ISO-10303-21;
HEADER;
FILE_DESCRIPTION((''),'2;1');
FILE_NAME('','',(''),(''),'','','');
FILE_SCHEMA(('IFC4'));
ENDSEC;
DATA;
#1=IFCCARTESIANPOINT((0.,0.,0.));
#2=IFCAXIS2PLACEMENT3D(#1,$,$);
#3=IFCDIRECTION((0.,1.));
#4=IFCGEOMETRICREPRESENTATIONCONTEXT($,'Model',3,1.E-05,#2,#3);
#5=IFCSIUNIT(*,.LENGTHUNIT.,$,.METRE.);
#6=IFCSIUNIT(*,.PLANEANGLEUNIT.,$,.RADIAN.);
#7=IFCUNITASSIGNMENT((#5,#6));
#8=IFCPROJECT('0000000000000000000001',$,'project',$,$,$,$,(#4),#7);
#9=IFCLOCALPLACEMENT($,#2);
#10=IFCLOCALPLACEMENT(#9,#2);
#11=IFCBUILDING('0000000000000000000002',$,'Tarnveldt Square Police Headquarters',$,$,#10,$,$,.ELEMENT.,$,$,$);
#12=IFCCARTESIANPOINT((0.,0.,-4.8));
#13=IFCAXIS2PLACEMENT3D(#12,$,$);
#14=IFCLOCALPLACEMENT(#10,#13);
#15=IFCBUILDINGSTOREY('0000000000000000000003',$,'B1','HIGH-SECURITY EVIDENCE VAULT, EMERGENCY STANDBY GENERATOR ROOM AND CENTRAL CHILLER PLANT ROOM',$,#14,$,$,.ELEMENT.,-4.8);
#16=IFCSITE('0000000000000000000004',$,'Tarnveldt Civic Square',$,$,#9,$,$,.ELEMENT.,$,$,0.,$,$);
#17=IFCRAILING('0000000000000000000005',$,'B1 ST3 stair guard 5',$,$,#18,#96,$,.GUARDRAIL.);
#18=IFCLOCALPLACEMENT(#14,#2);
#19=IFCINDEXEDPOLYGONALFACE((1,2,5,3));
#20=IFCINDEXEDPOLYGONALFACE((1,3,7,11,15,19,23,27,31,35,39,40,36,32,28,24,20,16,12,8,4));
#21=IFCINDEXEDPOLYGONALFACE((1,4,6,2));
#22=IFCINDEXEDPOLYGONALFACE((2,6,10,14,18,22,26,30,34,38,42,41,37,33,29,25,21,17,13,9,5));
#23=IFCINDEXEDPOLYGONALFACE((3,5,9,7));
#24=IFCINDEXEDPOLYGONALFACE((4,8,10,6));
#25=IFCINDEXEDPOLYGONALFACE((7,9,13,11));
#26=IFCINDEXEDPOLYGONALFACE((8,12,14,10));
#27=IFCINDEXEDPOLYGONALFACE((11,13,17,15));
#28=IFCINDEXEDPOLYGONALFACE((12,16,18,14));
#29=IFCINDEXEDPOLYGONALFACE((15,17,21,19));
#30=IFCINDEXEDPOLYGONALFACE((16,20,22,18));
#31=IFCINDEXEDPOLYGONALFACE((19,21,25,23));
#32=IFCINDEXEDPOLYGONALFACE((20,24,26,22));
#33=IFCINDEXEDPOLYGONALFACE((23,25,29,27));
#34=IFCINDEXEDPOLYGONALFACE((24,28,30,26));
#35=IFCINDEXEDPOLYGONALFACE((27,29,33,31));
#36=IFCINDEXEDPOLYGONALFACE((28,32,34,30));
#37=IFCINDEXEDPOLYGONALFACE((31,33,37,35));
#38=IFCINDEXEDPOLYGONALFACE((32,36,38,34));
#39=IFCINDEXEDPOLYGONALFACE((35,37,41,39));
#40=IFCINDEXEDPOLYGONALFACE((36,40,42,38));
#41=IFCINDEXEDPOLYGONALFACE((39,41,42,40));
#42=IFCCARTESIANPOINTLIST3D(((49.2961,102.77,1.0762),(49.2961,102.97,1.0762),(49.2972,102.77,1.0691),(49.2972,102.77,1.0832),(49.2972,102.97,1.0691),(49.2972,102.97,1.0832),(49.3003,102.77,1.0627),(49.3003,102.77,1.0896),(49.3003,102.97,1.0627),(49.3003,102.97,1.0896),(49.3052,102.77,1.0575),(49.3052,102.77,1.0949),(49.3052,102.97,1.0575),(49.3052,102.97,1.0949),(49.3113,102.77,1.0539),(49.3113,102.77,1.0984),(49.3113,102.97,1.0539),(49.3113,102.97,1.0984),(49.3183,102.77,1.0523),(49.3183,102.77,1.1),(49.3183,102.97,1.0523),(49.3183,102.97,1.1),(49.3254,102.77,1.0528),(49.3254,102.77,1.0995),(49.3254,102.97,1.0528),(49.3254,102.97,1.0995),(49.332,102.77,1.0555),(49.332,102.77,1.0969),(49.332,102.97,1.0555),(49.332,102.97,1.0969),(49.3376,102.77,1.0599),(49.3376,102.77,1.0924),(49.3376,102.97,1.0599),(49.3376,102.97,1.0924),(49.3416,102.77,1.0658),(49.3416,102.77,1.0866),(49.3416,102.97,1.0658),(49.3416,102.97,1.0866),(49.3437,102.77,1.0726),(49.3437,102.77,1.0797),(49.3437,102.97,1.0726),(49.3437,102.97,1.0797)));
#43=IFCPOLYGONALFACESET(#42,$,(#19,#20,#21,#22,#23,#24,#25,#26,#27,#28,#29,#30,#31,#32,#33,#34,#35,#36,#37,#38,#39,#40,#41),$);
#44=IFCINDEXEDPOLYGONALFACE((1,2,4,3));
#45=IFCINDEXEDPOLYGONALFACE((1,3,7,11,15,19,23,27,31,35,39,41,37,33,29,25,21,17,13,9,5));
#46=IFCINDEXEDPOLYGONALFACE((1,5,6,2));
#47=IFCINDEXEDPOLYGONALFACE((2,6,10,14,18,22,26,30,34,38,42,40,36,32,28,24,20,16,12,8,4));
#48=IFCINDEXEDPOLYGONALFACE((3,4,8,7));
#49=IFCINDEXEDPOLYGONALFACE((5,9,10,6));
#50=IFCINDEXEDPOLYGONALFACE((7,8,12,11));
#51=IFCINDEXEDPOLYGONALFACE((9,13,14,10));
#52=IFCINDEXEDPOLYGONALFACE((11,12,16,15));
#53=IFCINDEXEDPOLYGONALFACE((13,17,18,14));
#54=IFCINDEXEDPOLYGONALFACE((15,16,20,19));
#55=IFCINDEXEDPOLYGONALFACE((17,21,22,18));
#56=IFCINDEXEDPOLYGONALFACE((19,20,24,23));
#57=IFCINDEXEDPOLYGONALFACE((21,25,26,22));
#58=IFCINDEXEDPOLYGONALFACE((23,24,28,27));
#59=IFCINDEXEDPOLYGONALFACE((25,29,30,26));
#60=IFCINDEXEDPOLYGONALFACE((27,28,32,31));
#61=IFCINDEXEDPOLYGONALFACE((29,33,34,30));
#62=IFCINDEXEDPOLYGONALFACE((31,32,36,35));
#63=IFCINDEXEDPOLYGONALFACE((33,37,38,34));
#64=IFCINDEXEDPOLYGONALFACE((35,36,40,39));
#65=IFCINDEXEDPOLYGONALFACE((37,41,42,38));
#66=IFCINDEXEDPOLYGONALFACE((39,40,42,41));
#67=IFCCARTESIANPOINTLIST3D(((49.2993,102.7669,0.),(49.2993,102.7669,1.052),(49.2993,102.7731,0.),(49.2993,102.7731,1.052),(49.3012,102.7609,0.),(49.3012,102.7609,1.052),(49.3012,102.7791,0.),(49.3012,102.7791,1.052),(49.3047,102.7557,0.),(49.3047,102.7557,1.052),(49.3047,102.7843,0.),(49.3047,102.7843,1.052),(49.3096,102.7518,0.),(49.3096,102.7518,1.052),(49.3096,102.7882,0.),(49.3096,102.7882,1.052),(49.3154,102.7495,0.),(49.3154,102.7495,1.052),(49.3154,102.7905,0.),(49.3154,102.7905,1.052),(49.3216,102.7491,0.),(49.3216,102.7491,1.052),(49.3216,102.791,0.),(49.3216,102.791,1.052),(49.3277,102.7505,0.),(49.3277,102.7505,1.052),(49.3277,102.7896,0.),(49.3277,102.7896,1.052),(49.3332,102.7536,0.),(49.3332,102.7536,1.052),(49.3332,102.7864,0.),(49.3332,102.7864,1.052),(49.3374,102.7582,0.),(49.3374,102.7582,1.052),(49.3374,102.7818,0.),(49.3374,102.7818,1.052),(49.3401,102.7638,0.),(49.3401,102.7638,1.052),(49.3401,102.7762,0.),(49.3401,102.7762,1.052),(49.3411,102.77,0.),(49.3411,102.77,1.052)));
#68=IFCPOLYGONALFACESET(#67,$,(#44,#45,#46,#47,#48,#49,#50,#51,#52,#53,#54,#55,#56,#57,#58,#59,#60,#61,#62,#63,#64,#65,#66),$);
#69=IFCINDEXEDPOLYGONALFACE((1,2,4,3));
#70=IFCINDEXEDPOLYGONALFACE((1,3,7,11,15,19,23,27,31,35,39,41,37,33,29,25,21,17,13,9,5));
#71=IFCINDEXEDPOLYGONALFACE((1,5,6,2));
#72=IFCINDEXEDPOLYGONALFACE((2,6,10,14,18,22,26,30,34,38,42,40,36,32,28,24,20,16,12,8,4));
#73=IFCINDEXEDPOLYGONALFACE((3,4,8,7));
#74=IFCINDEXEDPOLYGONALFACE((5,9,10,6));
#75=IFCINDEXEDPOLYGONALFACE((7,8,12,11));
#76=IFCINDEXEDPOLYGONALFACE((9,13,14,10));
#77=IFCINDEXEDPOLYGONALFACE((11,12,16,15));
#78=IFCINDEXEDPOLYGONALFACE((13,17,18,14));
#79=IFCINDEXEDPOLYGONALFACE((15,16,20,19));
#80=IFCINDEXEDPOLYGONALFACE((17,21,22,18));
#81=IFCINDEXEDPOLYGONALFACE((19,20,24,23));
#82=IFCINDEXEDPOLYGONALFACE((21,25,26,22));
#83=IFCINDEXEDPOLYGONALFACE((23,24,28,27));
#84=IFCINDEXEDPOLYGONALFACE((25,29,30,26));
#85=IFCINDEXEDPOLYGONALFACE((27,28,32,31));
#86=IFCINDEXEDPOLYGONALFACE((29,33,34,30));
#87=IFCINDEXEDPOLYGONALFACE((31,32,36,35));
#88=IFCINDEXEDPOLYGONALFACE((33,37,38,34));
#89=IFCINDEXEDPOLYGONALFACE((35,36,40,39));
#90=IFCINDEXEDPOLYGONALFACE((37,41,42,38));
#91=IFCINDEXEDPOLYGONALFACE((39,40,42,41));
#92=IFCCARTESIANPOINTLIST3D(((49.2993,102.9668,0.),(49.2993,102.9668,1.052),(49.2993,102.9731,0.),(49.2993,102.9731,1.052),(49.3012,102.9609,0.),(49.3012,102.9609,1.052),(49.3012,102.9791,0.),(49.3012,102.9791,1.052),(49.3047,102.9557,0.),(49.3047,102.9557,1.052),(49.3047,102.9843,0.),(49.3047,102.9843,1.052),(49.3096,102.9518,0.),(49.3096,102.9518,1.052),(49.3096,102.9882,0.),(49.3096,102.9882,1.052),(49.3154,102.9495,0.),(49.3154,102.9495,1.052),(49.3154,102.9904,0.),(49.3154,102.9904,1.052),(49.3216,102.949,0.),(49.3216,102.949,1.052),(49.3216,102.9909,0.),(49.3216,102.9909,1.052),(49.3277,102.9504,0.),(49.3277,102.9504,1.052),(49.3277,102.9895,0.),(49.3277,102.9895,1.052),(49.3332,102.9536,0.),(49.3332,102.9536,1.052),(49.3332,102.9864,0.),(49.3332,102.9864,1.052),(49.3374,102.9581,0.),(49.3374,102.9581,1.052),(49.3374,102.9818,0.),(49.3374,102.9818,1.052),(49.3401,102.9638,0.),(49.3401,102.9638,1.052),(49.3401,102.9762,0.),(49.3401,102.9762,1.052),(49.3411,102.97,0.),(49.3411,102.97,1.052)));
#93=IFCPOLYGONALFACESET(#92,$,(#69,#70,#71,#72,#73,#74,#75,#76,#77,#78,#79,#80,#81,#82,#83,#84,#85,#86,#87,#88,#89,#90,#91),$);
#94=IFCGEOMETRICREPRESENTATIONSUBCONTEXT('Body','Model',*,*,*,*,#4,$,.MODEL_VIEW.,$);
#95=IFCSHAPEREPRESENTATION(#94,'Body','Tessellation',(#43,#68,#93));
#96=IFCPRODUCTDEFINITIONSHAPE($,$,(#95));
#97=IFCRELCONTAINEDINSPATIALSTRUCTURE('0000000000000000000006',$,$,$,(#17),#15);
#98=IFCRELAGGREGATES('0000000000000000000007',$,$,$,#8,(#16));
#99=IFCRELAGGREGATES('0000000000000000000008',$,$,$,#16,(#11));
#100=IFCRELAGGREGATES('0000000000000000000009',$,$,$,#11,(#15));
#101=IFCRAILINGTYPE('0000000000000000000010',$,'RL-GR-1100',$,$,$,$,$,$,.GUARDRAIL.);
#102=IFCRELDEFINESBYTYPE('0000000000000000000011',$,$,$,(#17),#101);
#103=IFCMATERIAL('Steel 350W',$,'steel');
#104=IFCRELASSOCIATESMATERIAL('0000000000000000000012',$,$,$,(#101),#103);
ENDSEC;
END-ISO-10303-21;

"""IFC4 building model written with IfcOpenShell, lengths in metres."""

from ifc_helpers import new_model, si_unit, direction, frame, origin, origin_2d, place, context, subcontext, project, spatial, circle, extrude, material, type_object, element, save


model = new_model("IFC4")

# Units and contexts
model_context = context("Model", 3, precision=1e-05, world=origin(), true_north=direction((0.0, 1.0)))
body_context = subcontext(model_context, "Body", "Model", "MODEL_VIEW")
ifc_project = project(units=[si_unit("LENGTHUNIT", "METRE"), si_unit("PLANEANGLEUNIT", "RADIAN")], contexts=[model_context])

# Site, building, storey
site_placement = place(None, origin())
site = spatial("IfcSite", under=ifc_project, at=site_placement, Name="Tarnveldt Civic Square", CompositionType="ELEMENT", RefElevation=0.0)
building_placement = place(site_placement, origin())
building = spatial("IfcBuilding", under=site, at=building_placement, Name="Tarnveldt Square Police Headquarters", CompositionType="ELEMENT")
storey_placement = place(building_placement, frame((0.0, 0.0, -4.8)))
storey = spatial("IfcBuildingStorey", under=building, at=storey_placement, Name="B1", Description="HIGH-SECURITY EVIDENCE VAULT, EMERGENCY STANDBY GENERATOR ROOM AND CENTRAL CHILLER PLANT ROOM", CompositionType="ELEMENT", Elevation=-4.8)

# Railing
ifc_material_1 = material(Name="Steel 350W", Category="steel")
railing_type_1 = type_object("IfcRailingType", Name="RL-GR-1100", PredefinedType="GUARDRAIL", material=ifc_material_1)
railing_1_placement = place(storey_placement, frame((49.3201, 102.77, 0.0)))
element("IfcRailing", 1, at=railing_1_placement, inside=storey, type_object=railing_type_1, Name="B1 ST3 stair guard 5", PredefinedType="GUARDRAIL", context=body_context, shape_type="SweptSolid", body=[
    extrude(circle(Radius=0.0239, at=origin_2d()), frame((0.0, 0.0, 1.0762), z_axis=(0.0, 1.0, 0.0), x_axis=(-1.0, 0.0, 0.0)), (0.0, 0.0, 1.0), 0.2),
    extrude(circle(Radius=0.021, at=origin_2d()), origin(), (0.0, 0.0, 1.0), 1.052),
    extrude(circle(Radius=0.021, at=origin_2d()), frame((0.0, 0.2, 0.0)), (0.0, 0.0, 1.0), 1.052),
])

save(model, "model.ifc")
